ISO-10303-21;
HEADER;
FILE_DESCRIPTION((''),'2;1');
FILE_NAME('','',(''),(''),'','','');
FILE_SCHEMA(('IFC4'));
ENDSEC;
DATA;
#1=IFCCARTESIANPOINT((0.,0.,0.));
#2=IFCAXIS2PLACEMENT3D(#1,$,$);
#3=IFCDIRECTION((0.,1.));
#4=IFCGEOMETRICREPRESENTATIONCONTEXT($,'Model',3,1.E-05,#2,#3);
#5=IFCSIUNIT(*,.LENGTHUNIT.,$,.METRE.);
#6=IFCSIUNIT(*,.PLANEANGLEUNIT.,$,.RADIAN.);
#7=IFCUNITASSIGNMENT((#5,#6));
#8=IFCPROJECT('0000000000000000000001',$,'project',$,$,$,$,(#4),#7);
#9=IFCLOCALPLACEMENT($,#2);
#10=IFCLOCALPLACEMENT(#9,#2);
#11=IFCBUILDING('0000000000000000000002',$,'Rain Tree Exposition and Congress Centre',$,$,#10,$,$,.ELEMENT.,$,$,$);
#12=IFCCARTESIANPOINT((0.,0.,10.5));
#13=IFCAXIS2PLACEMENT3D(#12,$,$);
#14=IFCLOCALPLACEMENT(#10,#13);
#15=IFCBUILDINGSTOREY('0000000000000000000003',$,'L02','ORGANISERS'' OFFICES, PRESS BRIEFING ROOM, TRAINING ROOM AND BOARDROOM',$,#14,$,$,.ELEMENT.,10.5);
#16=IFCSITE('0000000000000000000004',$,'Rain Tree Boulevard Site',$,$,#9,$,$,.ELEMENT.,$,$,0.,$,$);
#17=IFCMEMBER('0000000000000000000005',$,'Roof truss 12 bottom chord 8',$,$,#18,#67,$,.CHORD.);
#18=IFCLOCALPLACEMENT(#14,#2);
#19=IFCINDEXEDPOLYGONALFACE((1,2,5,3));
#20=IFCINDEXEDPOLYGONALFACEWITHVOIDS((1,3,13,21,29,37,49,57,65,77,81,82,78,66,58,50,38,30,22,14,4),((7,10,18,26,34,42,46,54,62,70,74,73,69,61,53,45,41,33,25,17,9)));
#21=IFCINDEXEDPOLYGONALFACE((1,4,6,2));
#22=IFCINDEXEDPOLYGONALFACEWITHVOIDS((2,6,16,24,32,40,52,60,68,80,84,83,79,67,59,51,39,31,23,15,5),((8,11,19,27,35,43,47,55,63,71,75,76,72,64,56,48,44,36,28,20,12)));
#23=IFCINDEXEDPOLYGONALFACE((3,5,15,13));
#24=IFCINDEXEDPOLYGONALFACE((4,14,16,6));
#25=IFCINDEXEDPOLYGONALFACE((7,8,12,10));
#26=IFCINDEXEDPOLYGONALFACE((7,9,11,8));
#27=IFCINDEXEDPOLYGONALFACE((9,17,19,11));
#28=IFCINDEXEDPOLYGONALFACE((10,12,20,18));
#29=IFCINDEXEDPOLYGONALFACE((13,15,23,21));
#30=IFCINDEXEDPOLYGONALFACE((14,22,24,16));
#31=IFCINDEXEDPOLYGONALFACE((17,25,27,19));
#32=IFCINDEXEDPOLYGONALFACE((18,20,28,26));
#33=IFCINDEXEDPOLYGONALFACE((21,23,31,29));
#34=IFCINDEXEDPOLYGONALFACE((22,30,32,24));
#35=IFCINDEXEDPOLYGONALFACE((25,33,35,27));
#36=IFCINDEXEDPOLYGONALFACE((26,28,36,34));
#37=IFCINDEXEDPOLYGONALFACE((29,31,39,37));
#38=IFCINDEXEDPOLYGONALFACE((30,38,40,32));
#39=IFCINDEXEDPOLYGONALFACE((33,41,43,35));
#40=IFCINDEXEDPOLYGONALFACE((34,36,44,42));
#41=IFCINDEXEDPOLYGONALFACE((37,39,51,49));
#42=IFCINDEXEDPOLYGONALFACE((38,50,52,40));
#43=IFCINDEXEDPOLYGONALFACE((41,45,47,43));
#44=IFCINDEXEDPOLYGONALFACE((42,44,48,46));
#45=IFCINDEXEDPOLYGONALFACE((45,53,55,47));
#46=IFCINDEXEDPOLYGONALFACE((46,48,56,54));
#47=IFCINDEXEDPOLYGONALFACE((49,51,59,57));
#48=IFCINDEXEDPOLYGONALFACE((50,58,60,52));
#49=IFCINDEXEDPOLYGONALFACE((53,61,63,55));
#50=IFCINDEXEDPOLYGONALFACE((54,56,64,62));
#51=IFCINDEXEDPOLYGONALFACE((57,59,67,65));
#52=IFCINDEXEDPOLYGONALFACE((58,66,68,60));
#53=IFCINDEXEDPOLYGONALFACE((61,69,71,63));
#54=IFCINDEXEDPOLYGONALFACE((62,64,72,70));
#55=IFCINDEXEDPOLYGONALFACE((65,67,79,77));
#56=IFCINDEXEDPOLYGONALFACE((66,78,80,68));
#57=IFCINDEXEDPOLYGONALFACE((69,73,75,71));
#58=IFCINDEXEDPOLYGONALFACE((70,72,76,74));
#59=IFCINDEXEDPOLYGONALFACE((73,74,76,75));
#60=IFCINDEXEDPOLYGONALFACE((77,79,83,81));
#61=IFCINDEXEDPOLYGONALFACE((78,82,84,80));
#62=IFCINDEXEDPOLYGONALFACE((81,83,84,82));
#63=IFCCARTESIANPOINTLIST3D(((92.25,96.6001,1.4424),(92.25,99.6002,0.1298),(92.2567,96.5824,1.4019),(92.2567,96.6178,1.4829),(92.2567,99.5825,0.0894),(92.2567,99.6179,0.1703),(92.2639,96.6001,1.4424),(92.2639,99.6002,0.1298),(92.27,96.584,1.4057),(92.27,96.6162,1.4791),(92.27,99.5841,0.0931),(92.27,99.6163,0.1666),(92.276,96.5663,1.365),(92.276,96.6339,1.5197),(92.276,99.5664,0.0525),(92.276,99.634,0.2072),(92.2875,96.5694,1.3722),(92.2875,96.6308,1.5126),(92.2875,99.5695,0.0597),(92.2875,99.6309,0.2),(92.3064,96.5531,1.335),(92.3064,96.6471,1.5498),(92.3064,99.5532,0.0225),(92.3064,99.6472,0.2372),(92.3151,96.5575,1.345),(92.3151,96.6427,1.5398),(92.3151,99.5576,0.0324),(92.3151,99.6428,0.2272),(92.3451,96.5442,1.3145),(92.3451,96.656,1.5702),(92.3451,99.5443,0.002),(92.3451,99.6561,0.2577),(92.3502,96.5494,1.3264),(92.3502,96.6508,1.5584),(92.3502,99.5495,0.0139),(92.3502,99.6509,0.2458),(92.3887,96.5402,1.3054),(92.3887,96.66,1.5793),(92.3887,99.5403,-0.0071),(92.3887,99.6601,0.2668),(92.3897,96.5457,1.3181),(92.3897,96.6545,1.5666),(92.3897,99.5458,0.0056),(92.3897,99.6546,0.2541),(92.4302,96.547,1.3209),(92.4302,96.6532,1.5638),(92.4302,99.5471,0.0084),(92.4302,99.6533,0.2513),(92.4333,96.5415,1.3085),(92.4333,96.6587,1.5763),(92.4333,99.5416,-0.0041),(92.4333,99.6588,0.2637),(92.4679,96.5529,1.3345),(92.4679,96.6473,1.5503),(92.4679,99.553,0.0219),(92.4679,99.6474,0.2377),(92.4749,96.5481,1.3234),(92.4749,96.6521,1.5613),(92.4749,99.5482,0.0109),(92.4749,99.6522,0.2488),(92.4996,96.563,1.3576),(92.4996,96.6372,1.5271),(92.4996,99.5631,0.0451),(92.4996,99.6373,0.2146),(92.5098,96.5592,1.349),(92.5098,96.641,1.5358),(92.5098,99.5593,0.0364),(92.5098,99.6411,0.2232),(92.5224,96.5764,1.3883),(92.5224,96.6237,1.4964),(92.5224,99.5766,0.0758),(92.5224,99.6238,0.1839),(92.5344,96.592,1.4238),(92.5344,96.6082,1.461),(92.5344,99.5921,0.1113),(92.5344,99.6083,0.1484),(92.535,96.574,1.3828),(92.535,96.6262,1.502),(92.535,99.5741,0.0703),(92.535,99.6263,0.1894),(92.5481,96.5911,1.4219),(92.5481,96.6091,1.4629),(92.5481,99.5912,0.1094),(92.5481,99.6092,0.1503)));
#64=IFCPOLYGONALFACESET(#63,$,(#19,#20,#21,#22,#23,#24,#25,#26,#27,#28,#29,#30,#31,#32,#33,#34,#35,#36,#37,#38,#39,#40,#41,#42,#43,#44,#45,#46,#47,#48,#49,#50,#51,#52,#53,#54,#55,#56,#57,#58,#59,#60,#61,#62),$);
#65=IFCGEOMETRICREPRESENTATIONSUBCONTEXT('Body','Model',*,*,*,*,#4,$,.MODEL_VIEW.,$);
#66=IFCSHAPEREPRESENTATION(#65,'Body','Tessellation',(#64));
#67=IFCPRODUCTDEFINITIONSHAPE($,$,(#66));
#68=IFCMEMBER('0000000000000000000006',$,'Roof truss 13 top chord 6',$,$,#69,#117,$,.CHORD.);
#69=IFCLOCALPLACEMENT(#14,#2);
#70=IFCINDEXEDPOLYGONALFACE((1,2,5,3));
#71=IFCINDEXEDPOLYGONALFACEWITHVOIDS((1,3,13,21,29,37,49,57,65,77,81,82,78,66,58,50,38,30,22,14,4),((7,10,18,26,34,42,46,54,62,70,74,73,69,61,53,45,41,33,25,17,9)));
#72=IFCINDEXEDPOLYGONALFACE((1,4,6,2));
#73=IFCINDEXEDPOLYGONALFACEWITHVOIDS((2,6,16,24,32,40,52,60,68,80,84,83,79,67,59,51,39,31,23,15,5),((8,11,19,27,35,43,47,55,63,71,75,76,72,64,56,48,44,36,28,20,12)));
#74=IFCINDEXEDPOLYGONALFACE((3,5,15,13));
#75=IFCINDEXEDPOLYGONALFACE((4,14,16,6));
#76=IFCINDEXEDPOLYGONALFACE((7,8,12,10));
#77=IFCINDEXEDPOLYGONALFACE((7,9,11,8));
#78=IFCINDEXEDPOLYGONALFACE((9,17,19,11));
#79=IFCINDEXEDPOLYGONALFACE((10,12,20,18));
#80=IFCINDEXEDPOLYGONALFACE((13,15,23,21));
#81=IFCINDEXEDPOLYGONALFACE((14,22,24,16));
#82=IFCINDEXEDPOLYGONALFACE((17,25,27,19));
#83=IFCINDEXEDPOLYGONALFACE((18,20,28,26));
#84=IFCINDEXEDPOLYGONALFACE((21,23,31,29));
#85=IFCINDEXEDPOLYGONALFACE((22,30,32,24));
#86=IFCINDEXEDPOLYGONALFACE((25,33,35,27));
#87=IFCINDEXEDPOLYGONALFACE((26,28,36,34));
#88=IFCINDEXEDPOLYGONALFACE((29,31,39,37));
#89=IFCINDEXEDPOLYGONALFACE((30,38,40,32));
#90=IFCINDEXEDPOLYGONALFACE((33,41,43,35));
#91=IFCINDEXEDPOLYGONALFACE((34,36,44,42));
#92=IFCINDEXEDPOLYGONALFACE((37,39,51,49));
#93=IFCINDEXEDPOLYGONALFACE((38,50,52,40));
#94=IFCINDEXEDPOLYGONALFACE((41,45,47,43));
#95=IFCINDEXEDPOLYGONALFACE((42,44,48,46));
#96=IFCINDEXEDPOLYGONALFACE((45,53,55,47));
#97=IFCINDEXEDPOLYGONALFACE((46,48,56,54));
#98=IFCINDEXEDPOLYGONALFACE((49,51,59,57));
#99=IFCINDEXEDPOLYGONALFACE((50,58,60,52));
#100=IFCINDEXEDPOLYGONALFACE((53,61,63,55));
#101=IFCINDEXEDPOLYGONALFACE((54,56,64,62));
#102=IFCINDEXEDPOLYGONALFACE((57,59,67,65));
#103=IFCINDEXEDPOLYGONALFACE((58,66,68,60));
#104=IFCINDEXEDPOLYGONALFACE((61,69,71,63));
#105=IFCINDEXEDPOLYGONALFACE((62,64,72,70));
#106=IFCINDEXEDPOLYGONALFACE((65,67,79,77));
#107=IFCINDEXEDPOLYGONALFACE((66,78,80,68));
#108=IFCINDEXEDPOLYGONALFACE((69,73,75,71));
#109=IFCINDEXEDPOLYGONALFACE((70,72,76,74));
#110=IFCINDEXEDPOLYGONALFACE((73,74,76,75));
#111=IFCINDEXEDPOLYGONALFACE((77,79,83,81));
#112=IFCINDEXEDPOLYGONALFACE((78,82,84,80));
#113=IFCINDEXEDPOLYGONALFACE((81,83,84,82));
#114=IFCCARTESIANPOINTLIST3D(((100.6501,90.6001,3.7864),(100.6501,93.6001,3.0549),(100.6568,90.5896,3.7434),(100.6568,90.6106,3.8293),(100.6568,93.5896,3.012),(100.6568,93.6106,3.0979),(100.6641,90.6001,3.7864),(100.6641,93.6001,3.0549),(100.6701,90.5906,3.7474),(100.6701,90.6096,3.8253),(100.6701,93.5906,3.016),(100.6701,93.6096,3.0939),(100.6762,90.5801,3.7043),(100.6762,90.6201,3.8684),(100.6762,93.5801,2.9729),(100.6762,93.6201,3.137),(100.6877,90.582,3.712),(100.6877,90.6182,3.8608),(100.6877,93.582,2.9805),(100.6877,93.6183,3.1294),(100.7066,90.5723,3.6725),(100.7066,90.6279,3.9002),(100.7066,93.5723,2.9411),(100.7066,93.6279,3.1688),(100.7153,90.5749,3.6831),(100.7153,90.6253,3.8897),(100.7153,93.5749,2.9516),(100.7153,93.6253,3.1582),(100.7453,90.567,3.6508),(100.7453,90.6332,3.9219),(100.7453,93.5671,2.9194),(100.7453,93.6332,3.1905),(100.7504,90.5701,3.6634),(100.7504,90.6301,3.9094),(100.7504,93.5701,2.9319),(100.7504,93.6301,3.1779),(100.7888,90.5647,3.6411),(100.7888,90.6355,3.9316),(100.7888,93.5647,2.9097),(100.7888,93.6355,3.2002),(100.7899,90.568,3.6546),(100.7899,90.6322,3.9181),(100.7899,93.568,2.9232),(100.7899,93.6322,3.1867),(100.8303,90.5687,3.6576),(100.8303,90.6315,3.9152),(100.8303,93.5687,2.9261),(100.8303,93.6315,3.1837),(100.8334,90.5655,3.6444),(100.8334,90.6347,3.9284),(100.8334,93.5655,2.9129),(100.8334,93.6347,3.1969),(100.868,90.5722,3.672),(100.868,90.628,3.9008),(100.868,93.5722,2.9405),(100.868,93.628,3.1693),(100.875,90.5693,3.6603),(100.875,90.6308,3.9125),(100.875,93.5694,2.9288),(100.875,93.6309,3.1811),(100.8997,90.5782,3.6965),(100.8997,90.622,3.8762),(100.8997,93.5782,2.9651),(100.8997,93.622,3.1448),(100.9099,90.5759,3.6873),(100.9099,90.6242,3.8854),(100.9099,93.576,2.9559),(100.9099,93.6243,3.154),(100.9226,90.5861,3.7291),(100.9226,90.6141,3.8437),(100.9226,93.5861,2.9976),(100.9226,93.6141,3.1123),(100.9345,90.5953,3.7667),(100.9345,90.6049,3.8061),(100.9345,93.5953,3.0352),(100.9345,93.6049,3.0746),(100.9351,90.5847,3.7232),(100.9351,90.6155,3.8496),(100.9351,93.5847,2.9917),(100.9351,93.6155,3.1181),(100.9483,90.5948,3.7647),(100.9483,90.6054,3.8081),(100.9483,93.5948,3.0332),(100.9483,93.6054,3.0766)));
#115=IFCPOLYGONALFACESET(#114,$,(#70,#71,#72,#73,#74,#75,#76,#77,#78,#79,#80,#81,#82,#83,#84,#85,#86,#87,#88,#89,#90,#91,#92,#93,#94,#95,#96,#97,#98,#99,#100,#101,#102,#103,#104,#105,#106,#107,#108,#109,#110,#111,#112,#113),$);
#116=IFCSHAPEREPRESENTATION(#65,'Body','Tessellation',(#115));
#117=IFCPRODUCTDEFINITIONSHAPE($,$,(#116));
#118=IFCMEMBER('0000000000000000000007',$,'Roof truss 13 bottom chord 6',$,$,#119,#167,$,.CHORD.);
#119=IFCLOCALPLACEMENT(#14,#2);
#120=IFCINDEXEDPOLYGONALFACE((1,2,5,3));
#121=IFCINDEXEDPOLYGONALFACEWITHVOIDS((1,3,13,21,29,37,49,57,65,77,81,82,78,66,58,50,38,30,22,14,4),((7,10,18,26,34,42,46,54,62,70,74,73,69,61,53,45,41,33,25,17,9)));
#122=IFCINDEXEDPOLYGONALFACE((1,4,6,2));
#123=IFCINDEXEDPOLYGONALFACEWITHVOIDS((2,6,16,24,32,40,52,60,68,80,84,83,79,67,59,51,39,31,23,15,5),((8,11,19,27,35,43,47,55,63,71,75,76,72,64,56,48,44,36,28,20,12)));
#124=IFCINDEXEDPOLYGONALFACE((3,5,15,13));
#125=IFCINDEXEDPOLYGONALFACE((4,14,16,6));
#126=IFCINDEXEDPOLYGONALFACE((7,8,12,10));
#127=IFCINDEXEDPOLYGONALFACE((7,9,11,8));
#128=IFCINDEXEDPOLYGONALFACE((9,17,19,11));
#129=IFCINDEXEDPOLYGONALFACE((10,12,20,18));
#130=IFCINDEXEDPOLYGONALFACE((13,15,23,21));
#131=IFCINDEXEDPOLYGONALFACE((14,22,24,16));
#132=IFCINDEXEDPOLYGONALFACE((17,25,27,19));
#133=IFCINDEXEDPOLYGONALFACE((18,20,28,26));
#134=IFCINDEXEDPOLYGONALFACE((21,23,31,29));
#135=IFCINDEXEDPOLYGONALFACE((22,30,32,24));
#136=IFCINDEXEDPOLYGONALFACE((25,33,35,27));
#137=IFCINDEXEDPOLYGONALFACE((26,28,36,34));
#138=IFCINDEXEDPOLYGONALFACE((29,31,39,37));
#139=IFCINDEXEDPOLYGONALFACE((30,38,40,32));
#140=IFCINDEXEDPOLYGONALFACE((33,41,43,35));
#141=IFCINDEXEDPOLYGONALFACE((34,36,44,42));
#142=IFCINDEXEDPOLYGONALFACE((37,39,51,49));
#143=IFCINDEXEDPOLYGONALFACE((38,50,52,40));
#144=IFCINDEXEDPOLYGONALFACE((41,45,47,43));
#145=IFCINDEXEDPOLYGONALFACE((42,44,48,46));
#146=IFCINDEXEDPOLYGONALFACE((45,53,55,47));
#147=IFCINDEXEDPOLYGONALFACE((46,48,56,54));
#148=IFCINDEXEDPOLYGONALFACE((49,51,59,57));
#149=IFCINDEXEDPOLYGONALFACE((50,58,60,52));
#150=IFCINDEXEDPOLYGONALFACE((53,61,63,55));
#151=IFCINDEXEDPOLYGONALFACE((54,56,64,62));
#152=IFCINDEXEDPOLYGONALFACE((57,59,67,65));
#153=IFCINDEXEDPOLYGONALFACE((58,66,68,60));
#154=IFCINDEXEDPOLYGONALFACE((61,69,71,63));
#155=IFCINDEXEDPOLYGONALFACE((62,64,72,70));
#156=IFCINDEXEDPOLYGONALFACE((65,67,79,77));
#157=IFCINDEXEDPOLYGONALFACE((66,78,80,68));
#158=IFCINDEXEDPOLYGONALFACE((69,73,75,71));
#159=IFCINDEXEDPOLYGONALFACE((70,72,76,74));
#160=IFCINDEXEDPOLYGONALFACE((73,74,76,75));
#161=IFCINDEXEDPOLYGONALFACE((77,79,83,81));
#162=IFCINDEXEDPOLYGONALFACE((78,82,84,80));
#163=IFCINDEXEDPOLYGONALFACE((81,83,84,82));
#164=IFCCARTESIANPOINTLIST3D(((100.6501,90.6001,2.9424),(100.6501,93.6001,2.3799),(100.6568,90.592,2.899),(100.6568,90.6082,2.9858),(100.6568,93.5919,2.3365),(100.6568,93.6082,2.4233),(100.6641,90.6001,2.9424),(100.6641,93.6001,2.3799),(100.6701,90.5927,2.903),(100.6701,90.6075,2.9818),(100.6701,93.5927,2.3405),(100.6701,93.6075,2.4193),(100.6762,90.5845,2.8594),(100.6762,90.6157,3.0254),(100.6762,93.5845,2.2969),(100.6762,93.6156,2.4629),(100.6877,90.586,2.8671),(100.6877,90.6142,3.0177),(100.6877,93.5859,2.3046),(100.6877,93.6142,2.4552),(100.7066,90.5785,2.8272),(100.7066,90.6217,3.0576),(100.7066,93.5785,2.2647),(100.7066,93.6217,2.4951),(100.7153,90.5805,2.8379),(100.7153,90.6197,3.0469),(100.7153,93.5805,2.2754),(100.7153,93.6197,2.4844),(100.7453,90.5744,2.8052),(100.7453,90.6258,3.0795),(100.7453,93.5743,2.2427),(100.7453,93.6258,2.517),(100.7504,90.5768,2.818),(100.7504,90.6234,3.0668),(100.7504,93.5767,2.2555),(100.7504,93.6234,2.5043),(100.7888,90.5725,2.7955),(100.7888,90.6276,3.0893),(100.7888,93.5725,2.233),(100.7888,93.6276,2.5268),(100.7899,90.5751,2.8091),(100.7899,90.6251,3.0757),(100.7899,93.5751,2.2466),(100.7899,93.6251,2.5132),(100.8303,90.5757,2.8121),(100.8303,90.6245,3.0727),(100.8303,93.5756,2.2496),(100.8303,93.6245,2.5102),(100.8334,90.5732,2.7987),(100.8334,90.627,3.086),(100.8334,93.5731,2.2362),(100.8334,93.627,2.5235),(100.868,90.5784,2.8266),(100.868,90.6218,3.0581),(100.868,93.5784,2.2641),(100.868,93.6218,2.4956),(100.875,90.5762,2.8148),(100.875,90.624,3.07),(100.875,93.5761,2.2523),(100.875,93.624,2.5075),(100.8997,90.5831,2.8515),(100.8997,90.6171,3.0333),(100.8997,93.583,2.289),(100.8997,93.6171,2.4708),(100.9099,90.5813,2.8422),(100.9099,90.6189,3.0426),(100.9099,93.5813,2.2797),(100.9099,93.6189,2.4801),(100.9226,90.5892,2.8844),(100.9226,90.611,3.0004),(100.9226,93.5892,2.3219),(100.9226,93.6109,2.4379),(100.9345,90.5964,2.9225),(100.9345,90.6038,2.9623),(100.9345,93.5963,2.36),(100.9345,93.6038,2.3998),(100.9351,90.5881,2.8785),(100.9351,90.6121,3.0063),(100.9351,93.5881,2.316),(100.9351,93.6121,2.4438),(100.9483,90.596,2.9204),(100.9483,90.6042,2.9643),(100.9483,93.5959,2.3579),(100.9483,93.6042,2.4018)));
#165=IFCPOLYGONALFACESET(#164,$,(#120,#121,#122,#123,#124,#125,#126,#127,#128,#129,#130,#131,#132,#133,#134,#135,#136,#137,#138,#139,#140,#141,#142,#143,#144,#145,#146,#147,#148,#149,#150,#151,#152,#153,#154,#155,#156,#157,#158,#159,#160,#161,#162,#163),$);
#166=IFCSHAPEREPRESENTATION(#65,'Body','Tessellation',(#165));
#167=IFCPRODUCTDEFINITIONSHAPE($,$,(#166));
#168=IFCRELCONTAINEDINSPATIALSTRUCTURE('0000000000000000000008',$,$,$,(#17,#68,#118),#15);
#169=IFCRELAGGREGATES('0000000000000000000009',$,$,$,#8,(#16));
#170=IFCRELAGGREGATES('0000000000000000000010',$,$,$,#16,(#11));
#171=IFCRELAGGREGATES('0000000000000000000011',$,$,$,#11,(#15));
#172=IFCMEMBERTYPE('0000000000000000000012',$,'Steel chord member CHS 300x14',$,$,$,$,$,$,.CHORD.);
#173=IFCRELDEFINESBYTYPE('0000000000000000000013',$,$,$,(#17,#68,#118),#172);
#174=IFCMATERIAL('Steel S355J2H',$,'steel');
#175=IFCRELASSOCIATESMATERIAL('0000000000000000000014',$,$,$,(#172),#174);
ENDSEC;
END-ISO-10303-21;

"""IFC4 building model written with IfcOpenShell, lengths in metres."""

from ifc_helpers import new_model, si_unit, direction, frame, origin, origin_2d, place, context, subcontext, project, spatial, hollow_circle, extrude, material, material_profile, profile_set, type_object, element, save


model = new_model("IFC4")

# Units and contexts
model_context = context("Model", 3, precision=1e-05, world=origin(), true_north=direction((0.0, 1.0)))
body_context = subcontext(model_context, "Body", "Model", "MODEL_VIEW")
ifc_project = project(units=[si_unit("LENGTHUNIT", "METRE"), si_unit("PLANEANGLEUNIT", "RADIAN")], contexts=[model_context])

# Site, building, storey
site_placement = place(None, origin())
site = spatial("IfcSite", under=ifc_project, at=site_placement, Name="Rain Tree Boulevard Site", CompositionType="ELEMENT", RefElevation=0.0)
building_placement = place(site_placement, origin())
building = spatial("IfcBuilding", under=site, at=building_placement, Name="Rain Tree Exposition and Congress Centre", CompositionType="ELEMENT")
storey_placement = place(building_placement, frame((0.0, 0.0, 10.5)))
storey = spatial("IfcBuildingStorey", under=building, at=storey_placement, Name="L02", Description="ORGANISERS' OFFICES, PRESS BRIEFING ROOM, TRAINING ROOM AND BOARDROOM", CompositionType="ELEMENT", Elevation=10.5)

# Members
ifc_material_1 = material(Name="Steel S355J2H", Category="steel")
ifc_material_profile_1 = material_profile(ifc_material_1, hollow_circle(Radius=0.1499, WallThickness=0.0139, at=origin_2d()), Name="CHS 300x14")
ifc_profile_set_1 = profile_set([ifc_material_profile_1], Name="Steel S355J2H")
member_type_1 = type_object("IfcMemberType", Name="Steel chord member CHS 300x14", PredefinedType="CHORD", material=ifc_profile_set_1)
member_1_placement = place(storey_placement, frame((92.3999, 96.6001, 1.4424), z_axis=(0.0, 0.916157, -0.400819), x_axis=(-1.0, 0.0, 0.0)))
element("IfcMember", 1, at=member_1_placement, inside=storey, type_object=member_type_1, Name="Roof truss 12 bottom chord 8", PredefinedType="CHORD", context=body_context, shape_type="SweptSolid", body=[
    extrude(hollow_circle(Radius=0.1499, WallThickness=0.0139, at=origin_2d()), origin(), (0.0, 0.0, 1.0), 3.2747),
])
member_2_placement = place(storey_placement, frame((100.8, 90.6001, 3.7864), z_axis=(0.0, 0.97154, -0.236876), x_axis=(-1.0, 0.0, 0.0)))
element("IfcMember", 2, at=member_2_placement, inside=storey, type_object=member_type_1, Name="Roof truss 13 top chord 6", PredefinedType="CHORD", context=body_context, shape_type="SweptSolid", body=[
    extrude(hollow_circle(Radius=0.1499, WallThickness=0.0139, at=origin_2d()), origin(), (0.0, 0.0, 1.0), 3.0879),
])
member_3_placement = place(storey_placement, frame((100.8, 90.6001, 2.9424), z_axis=(0.0, 0.982872, -0.184289), x_axis=(-1.0, 0.0, 0.0)))
element("IfcMember", 3, at=member_3_placement, inside=storey, type_object=member_type_1, Name="Roof truss 13 bottom chord 6", PredefinedType="CHORD", context=body_context, shape_type="SweptSolid", body=[
    extrude(hollow_circle(Radius=0.1499, WallThickness=0.0139, at=origin_2d()), origin(), (0.0, 0.0, 1.0), 3.0522),
])

save(model, "model.ifc")
